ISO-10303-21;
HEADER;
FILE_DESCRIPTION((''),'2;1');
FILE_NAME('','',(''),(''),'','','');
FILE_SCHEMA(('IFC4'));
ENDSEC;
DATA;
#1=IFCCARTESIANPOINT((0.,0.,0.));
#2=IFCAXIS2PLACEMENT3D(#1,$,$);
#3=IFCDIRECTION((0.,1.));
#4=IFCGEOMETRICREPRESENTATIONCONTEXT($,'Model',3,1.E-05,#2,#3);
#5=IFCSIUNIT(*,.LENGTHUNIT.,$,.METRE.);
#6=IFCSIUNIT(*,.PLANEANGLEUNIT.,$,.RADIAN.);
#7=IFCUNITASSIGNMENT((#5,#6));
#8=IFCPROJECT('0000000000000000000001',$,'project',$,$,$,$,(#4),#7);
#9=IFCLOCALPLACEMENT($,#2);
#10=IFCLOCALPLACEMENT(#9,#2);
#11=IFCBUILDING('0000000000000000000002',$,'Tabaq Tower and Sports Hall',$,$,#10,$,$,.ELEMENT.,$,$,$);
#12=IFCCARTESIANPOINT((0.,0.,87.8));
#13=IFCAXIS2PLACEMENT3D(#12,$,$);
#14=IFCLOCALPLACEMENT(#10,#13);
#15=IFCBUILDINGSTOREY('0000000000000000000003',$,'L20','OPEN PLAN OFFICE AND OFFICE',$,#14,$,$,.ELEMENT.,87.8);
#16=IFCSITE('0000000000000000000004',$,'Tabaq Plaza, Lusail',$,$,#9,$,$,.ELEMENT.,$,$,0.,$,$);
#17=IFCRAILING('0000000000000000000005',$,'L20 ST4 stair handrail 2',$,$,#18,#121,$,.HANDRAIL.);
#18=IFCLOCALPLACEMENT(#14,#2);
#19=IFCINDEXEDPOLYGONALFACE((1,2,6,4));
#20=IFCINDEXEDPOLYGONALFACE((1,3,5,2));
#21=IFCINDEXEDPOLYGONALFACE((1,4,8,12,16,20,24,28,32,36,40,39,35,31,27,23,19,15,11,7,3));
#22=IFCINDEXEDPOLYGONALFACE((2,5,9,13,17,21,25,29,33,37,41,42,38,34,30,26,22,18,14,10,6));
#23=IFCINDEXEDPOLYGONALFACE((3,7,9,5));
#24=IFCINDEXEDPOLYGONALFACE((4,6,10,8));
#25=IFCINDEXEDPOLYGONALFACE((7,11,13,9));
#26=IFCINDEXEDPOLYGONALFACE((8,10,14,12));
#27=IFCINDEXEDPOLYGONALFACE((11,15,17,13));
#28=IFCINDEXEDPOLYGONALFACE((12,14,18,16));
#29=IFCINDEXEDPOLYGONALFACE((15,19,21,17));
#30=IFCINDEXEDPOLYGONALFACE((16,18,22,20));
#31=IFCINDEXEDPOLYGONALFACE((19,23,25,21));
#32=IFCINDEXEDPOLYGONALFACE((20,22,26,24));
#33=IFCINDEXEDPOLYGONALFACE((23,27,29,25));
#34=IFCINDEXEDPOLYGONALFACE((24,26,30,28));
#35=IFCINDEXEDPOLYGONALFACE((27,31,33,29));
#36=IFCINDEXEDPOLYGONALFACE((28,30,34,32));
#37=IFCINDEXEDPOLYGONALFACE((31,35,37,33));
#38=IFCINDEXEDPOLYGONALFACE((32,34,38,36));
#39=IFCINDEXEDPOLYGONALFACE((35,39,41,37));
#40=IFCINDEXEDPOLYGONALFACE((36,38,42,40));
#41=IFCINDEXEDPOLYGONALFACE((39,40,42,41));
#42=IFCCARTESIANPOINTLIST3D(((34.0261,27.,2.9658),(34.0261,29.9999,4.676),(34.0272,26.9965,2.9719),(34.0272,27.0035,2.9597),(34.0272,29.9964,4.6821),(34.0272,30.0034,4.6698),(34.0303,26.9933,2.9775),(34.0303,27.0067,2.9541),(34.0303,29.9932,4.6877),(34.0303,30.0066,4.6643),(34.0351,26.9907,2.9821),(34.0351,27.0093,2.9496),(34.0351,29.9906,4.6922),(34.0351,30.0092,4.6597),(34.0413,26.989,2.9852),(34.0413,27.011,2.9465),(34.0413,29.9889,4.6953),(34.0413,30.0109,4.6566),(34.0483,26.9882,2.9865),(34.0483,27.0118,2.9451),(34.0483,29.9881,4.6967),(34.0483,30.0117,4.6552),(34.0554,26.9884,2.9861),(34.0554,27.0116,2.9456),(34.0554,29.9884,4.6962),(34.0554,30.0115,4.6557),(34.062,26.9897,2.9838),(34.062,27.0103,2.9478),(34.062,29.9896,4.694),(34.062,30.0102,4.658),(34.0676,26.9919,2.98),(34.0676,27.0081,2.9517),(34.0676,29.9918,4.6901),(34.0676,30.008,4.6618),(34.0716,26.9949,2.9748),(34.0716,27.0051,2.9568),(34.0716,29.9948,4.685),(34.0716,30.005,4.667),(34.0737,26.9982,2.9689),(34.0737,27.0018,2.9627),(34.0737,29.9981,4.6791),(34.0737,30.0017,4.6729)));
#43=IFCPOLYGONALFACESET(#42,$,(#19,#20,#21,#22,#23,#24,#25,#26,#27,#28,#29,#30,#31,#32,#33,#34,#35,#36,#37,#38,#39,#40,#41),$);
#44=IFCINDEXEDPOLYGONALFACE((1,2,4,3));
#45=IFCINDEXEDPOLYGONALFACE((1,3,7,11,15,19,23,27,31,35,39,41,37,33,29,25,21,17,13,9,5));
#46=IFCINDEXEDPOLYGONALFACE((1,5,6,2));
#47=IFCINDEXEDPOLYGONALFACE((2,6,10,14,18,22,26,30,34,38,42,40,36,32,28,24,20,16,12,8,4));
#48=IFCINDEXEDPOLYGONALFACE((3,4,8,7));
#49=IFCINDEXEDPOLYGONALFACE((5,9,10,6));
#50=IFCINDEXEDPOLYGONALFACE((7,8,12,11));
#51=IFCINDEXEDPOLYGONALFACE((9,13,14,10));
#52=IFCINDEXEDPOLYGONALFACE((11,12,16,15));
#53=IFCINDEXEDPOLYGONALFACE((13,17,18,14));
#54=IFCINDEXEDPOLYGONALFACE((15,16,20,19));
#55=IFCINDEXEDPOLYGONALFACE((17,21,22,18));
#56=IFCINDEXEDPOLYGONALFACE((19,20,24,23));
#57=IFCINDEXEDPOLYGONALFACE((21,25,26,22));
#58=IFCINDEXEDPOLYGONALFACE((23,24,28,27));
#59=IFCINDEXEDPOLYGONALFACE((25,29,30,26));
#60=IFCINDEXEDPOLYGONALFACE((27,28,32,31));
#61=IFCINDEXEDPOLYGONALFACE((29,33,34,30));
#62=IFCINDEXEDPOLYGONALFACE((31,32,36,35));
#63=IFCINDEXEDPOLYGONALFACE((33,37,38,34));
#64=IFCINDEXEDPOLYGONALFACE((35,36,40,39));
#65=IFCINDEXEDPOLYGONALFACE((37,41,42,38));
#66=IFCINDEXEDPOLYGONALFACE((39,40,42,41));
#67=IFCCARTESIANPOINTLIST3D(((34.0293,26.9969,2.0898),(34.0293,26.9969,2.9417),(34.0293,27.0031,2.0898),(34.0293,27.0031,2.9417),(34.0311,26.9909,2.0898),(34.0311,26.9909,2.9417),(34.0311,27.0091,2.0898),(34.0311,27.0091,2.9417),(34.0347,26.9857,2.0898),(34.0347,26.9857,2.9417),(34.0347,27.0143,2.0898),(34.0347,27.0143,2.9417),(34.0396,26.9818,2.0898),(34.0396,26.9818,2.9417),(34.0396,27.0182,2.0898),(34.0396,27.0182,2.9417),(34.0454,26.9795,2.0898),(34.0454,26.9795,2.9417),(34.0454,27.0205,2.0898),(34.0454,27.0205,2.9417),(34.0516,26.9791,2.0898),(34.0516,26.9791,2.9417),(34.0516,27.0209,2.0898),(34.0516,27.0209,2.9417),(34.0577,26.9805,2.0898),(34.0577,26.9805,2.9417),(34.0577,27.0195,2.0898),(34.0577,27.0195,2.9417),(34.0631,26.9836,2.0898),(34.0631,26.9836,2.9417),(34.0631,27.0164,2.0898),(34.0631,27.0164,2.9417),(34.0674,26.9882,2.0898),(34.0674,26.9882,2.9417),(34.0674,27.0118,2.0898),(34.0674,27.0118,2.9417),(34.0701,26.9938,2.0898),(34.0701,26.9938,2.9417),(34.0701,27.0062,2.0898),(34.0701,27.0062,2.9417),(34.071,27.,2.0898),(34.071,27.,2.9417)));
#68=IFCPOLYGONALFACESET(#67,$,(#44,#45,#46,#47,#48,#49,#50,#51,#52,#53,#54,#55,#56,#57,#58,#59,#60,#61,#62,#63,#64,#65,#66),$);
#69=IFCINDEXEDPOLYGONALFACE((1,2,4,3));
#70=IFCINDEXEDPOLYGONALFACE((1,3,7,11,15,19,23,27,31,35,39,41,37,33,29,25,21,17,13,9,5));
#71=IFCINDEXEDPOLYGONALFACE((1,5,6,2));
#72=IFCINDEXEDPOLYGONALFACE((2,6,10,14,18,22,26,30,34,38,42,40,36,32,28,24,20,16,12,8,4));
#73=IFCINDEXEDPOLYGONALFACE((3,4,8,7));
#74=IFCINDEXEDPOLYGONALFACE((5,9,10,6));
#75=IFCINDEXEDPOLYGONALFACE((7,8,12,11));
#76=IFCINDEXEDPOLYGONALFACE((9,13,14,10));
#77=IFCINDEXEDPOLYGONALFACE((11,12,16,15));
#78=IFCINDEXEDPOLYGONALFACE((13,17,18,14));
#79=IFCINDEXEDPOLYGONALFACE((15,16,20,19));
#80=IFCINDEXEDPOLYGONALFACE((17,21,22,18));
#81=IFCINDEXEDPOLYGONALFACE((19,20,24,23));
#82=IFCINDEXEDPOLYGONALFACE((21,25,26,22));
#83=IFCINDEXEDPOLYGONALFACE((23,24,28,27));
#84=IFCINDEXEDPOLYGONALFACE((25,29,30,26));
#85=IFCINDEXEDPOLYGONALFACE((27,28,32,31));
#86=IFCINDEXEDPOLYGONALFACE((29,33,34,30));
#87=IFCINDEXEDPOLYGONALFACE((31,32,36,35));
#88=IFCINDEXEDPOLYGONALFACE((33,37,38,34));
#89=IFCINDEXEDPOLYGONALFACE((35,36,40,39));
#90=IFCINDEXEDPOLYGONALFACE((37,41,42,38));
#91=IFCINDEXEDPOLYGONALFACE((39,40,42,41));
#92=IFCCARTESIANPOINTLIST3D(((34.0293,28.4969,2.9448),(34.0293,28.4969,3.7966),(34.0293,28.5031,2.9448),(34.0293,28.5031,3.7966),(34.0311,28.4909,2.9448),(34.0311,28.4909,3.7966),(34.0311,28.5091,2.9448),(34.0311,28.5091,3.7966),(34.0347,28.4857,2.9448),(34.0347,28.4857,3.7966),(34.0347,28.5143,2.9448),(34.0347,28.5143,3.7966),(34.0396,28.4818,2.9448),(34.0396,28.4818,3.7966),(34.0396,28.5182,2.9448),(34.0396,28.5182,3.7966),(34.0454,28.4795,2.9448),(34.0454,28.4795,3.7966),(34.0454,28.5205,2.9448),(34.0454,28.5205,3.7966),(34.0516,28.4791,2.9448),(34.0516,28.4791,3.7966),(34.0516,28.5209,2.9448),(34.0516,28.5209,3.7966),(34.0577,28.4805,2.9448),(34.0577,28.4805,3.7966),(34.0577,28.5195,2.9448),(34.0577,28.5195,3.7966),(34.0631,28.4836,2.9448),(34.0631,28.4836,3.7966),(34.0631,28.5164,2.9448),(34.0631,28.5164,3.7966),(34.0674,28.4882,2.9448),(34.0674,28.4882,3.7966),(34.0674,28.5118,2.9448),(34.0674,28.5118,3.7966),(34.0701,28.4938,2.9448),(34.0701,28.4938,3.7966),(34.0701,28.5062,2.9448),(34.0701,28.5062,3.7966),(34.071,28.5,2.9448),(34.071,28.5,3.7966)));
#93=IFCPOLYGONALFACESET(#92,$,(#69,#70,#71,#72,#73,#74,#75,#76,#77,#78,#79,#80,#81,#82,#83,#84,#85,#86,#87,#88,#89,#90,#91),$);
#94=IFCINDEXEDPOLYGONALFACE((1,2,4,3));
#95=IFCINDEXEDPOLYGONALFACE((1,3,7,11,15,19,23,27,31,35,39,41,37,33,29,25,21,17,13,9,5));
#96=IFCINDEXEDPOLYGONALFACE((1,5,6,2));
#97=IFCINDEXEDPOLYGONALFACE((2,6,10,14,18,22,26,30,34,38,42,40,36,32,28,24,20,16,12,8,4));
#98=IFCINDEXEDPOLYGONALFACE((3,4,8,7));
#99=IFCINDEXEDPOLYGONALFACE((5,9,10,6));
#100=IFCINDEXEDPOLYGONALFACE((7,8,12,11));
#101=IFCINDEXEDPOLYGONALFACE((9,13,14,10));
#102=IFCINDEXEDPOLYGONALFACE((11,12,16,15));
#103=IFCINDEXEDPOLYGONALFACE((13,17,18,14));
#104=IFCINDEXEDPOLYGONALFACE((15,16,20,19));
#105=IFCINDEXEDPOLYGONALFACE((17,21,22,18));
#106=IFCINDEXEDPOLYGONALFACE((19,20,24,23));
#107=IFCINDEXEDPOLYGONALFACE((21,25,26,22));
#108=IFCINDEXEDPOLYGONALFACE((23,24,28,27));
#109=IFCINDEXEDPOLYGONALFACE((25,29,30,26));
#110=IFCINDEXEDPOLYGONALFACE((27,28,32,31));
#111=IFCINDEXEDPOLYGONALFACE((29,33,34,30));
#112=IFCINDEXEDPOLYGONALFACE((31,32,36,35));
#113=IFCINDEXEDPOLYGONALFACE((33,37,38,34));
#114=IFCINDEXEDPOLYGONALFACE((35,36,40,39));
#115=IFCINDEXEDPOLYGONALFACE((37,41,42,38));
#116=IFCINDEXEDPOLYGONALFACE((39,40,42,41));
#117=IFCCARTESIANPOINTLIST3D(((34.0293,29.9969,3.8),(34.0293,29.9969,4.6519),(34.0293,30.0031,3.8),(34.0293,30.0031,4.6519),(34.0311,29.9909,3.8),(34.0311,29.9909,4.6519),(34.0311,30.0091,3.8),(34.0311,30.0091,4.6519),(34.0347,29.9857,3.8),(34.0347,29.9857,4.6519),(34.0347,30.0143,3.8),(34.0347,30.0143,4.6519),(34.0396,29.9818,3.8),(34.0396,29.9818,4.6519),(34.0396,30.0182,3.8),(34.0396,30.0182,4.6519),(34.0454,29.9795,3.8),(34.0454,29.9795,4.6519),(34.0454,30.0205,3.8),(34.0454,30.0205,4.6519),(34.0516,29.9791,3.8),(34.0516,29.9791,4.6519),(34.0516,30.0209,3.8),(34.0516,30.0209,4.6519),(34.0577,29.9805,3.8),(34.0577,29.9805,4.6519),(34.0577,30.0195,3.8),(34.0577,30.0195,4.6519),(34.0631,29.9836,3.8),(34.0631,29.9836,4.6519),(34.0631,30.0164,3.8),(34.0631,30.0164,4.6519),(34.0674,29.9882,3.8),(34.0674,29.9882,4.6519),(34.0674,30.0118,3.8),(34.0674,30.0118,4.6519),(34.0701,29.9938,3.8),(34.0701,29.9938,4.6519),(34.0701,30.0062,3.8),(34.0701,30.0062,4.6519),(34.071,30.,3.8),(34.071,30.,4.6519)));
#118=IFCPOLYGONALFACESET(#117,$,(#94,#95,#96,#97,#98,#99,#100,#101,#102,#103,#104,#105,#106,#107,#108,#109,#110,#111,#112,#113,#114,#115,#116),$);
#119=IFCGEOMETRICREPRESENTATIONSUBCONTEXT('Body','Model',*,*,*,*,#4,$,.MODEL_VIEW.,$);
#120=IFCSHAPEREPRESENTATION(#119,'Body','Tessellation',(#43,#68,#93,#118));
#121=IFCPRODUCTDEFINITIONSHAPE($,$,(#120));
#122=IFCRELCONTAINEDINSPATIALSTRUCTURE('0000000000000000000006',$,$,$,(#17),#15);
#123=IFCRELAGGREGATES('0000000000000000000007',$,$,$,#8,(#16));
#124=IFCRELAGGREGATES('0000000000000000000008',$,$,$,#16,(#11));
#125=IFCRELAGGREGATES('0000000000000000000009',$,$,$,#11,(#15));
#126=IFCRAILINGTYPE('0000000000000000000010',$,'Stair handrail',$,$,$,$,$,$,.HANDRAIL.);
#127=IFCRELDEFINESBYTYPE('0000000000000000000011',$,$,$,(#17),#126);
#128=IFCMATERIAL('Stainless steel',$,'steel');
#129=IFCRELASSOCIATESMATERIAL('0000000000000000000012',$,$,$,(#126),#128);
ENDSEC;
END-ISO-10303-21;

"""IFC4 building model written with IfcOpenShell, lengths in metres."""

from ifc_helpers import new_model, si_unit, direction, frame, origin, origin_2d, place, context, subcontext, project, spatial, circle, extrude, material, type_object, element, save


model = new_model("IFC4")

# Units and contexts
model_context = context("Model", 3, precision=1e-05, world=origin(), true_north=direction((0.0, 1.0)))
body_context = subcontext(model_context, "Body", "Model", "MODEL_VIEW")
ifc_project = project(units=[si_unit("LENGTHUNIT", "METRE"), si_unit("PLANEANGLEUNIT", "RADIAN")], contexts=[model_context])

# Site, building, storey
site_placement = place(None, origin())
site = spatial("IfcSite", under=ifc_project, at=site_placement, Name="Tabaq Plaza, Lusail", CompositionType="ELEMENT", RefElevation=0.0)
building_placement = place(site_placement, origin())
building = spatial("IfcBuilding", under=site, at=building_placement, Name="Tabaq Tower and Sports Hall", CompositionType="ELEMENT")
storey_placement = place(building_placement, frame((0.0, 0.0, 87.8)))
storey = spatial("IfcBuildingStorey", under=building, at=storey_placement, Name="L20", Description="OPEN PLAN OFFICE AND OFFICE", CompositionType="ELEMENT", Elevation=87.8)

# Railing
ifc_material_1 = material(Name="Stainless steel", Category="steel")
railing_type_1 = type_object("IfcRailingType", Name="Stair handrail", PredefinedType="HANDRAIL", material=ifc_material_1)
railing_1_placement = place(storey_placement, frame((34.05, 27.0, 2.0898)))
element("IfcRailing", 1, at=railing_1_placement, inside=storey, type_object=railing_type_1, Name="L20 ST4 stair handrail 2", PredefinedType="HANDRAIL", context=body_context, shape_type="SweptSolid", body=[
    extrude(circle(Radius=0.0239, at=origin_2d()), frame((0.0, 0.0, 0.876), z_axis=(0.0, 0.868752, 0.495248), x_axis=(-1.0, 0.0, 0.0)), (0.0, 0.0, 1.0), 3.4531),
    extrude(circle(Radius=0.021, at=origin_2d()), origin(), (0.0, 0.0, 1.0), 0.8518),
    extrude(circle(Radius=0.021, at=origin_2d()), frame((0.0, 1.5, 0.855)), (0.0, 0.0, 1.0), 0.8518),
    extrude(circle(Radius=0.021, at=origin_2d()), frame((0.0, 3.0, 1.7102)), (0.0, 0.0, 1.0), 0.8518),
])

save(model, "model.ifc")
